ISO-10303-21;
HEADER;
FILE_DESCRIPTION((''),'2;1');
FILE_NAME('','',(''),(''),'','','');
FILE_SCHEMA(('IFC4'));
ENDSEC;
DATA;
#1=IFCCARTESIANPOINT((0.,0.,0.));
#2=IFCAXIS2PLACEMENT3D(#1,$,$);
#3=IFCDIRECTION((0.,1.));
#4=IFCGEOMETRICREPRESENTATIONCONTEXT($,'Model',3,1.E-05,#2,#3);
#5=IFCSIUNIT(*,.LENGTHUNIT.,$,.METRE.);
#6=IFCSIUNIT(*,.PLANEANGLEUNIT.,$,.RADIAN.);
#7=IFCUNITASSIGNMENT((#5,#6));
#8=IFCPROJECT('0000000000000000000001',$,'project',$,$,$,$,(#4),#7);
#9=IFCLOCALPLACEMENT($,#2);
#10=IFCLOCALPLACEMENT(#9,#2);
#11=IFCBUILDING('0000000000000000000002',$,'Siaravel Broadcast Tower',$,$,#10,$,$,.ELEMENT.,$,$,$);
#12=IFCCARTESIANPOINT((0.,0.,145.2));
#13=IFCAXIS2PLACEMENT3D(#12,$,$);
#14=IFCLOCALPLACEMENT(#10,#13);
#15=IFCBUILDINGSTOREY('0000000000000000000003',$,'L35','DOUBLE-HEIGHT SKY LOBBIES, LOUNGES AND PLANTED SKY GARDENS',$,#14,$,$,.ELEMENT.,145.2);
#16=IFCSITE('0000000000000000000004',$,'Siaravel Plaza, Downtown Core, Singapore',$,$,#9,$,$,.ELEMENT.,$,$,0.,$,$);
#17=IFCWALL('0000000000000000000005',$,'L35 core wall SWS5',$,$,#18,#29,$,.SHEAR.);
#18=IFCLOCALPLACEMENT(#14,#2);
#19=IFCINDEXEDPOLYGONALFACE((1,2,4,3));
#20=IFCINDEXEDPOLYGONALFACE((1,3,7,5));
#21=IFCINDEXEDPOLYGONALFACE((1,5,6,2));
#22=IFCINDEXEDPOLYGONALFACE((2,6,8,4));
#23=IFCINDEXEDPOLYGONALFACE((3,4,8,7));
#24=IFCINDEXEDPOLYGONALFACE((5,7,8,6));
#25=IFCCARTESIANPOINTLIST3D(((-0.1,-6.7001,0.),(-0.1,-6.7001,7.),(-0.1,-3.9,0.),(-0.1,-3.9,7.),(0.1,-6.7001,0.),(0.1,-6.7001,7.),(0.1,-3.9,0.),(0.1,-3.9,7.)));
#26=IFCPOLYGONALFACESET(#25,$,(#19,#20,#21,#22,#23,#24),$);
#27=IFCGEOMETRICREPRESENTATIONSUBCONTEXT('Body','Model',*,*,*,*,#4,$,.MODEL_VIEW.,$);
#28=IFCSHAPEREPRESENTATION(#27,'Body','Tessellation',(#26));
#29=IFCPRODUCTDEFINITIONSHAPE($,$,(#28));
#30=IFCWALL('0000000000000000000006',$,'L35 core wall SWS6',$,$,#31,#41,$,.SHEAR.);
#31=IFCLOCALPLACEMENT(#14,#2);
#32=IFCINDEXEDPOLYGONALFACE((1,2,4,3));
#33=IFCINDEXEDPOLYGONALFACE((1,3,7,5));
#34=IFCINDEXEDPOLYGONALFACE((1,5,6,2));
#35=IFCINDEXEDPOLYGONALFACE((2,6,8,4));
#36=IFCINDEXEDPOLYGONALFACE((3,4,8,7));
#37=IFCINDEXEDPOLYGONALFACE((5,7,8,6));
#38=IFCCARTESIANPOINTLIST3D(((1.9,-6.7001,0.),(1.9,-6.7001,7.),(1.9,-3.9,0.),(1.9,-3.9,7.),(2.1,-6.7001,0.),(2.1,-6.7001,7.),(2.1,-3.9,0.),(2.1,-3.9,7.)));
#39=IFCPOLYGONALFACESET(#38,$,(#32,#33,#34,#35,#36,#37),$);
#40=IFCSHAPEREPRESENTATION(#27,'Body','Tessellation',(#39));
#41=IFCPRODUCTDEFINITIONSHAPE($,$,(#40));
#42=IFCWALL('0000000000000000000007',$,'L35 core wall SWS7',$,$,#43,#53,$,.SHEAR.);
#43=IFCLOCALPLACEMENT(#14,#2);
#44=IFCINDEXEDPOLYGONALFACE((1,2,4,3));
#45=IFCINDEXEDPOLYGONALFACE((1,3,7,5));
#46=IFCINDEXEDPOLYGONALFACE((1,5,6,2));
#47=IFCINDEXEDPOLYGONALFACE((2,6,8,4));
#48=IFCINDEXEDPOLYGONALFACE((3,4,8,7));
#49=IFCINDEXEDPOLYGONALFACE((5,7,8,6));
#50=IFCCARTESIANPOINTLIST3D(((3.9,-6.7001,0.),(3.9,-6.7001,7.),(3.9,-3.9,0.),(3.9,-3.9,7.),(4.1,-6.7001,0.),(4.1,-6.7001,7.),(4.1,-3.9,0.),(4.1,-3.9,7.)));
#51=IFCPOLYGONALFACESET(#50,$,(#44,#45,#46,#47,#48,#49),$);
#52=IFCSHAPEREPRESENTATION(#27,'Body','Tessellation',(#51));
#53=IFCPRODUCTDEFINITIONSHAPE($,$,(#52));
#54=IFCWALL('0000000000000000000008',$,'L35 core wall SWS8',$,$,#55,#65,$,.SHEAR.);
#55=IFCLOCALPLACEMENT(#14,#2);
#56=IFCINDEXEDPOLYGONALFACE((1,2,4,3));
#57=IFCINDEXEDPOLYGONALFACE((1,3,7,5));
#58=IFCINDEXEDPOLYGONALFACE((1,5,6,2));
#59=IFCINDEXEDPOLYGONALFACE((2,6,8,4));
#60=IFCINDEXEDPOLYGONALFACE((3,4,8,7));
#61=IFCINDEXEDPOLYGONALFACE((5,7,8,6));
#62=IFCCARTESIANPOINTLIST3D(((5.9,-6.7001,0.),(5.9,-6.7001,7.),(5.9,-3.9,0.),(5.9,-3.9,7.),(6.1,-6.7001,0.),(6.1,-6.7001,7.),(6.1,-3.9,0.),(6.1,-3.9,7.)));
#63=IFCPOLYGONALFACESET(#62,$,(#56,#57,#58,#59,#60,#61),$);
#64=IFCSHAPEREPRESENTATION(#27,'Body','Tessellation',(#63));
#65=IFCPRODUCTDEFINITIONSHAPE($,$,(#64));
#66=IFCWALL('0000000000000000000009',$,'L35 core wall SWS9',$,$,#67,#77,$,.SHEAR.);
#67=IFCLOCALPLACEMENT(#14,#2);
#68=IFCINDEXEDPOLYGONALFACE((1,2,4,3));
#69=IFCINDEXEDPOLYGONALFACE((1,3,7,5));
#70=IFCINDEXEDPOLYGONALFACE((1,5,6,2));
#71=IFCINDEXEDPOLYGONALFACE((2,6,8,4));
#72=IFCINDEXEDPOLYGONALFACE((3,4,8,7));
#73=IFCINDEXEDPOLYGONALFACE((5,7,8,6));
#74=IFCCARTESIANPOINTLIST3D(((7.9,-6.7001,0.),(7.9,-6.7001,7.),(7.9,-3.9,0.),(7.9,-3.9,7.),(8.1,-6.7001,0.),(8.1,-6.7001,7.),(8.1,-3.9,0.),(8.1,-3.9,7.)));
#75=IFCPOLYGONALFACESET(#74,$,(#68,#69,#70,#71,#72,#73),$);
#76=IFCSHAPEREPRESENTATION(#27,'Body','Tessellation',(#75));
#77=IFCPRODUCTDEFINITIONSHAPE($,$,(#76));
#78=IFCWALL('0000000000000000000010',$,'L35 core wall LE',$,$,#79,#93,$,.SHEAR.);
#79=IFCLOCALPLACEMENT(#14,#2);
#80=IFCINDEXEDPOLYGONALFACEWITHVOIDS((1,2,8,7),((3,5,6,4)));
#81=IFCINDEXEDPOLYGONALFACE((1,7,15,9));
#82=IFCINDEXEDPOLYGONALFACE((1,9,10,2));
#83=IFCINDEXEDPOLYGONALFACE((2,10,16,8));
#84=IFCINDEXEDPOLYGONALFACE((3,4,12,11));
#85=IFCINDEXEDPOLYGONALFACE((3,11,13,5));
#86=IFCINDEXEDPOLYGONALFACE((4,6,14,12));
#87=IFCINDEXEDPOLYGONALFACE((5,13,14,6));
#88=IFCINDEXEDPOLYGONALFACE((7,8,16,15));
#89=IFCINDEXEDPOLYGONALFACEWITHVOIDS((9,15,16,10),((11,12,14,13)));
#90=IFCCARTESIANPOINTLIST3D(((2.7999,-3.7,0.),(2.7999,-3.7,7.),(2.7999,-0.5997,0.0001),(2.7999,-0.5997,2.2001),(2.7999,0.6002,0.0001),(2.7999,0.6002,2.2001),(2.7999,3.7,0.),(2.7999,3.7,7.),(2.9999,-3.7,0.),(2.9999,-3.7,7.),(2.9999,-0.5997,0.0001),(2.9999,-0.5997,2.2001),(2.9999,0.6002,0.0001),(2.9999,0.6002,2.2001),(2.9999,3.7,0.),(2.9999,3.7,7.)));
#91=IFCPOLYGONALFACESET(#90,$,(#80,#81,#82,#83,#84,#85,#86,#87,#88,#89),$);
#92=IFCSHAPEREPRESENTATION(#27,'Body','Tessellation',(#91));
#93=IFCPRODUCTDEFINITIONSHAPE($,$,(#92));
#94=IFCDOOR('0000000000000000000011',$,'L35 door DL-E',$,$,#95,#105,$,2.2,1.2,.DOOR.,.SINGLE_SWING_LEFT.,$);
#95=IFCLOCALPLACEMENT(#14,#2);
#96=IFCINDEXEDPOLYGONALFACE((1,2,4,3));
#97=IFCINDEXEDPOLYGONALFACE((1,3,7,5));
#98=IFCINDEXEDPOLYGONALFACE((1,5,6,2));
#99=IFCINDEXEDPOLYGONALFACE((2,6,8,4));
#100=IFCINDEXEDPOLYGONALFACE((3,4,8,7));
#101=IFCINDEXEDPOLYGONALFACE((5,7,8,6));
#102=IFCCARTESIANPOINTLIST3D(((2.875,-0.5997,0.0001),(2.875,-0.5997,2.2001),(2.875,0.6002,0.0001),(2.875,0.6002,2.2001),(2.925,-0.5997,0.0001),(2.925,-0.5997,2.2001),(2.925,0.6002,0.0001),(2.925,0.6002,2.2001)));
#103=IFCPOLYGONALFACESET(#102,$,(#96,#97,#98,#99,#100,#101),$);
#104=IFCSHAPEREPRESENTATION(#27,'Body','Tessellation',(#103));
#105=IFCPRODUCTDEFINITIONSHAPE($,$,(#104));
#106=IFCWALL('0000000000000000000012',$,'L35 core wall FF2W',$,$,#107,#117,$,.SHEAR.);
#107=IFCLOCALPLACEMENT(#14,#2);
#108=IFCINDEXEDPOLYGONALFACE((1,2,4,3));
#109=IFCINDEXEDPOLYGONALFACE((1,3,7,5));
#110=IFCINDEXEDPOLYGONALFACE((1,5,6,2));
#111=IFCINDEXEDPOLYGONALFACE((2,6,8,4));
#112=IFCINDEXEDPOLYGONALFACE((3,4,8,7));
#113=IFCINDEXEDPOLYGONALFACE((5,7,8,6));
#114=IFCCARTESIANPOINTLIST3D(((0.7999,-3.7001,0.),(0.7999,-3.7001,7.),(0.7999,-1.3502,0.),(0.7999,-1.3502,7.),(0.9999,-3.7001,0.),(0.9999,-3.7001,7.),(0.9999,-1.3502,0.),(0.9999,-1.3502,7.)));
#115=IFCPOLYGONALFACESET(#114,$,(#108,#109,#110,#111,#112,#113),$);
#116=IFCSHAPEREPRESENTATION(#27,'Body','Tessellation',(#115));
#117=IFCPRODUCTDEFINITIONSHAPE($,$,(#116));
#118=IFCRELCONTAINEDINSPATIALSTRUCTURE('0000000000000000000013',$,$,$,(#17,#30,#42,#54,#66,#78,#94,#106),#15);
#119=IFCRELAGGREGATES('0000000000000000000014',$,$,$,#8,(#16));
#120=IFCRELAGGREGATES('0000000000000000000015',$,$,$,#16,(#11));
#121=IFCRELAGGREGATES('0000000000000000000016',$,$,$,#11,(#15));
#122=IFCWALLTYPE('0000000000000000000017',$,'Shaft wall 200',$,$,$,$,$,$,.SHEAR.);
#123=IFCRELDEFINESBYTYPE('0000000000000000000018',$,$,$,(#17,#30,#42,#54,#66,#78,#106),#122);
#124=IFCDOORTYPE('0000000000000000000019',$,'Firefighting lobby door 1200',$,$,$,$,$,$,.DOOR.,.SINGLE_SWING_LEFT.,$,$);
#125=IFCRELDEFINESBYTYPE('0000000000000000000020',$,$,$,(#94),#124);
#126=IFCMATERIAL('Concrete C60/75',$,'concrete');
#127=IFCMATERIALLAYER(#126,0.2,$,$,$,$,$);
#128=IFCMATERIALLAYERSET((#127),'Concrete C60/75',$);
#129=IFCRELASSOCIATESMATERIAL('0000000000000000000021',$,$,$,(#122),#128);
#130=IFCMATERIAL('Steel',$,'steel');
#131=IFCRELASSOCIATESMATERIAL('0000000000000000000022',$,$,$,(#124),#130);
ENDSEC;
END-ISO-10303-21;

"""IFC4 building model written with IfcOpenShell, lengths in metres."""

from ifc_helpers import new_model, si_unit, direction, frame, frame_2d, origin, place, context, subcontext, project, spatial, rectangle, extrude, material, layer, layer_set, type_object, element, fill, save


model = new_model("IFC4")

# Units and contexts
model_context = context("Model", 3, precision=1e-05, world=origin(), true_north=direction((0.0, 1.0)))
body_context = subcontext(model_context, "Body", "Model", "MODEL_VIEW")
ifc_project = project(units=[si_unit("LENGTHUNIT", "METRE"), si_unit("PLANEANGLEUNIT", "RADIAN")], contexts=[model_context])

# Site, building, storey
site_placement = place(None, origin())
site = spatial("IfcSite", under=ifc_project, at=site_placement, Name="Siaravel Plaza, Downtown Core, Singapore", CompositionType="ELEMENT", RefElevation=0.0)
building_placement = place(site_placement, origin())
building = spatial("IfcBuilding", under=site, at=building_placement, Name="Siaravel Broadcast Tower", CompositionType="ELEMENT")
storey_placement = place(building_placement, frame((0.0, 0.0, 145.2)))
storey = spatial("IfcBuildingStorey", under=building, at=storey_placement, Name="L35", Description="DOUBLE-HEIGHT SKY LOBBIES, LOUNGES AND PLANTED SKY GARDENS", CompositionType="ELEMENT", Elevation=145.2)

# Shared definitions
ifc_material_1 = material(Name="Concrete C60/75", Category="concrete")

# Walls
ifc_layer_1 = layer(ifc_material_1, 0.2)
ifc_layer_set_1 = layer_set([ifc_layer_1], Name="Concrete C60/75")
wall_type_1 = type_object("IfcWallType", Name="Shaft wall 200", PredefinedType="SHEAR", material=ifc_layer_set_1)
for number, where, z_axis, x_axis, name in (
    (1, (0.0, -6.7, 0.0), (0.0, 0.0, 1.0), (0.0, 1.0, 0.0), "L35 core wall SWS5"),
    (2, (2.0, -6.7, 0.0), (0.0, 0.0, 1.0), (0.0, 1.0, 0.0), "L35 core wall SWS6"),
    (3, (4.0, -6.7, 0.0), (0.0, 0.0, 1.0), (0.0, 1.0, 0.0), "L35 core wall SWS7"),
    (4, (6.0, -6.7, 0.0), (0.0, 0.0, 1.0), (0.0, 1.0, 0.0), "L35 core wall SWS8"),
    (5, (8.0, -6.7, 0.0), (0.0, 0.0, 1.0), (0.0, 1.0, 0.0), "L35 core wall SWS9"),
):
    element("IfcWall", number, at=place(storey_placement, frame(where, z_axis=z_axis, x_axis=x_axis)), inside=storey, type_object=wall_type_1, Name=name, PredefinedType="SHEAR", context=body_context, shape_type="SweptSolid", body=[
        extrude(rectangle(XDim=2.8, YDim=0.2, at=frame_2d((1.3999, 0.0))), origin(), (0.0, 0.0, 1.0), 7.0),
    ])

# Wall, opening, door
wall_1_placement = place(storey_placement, frame((2.8999, -3.7, 0.0), z_axis=(0.0, 0.0, 1.0), x_axis=(0.0, 1.0, 0.0)))
wall_1 = element("IfcWall", 6, at=wall_1_placement, inside=storey, type_object=wall_type_1, Name="L35 core wall LE", PredefinedType="SHEAR", context=body_context, shape_type="SweptSolid", body=[
    extrude(rectangle(XDim=7.3999, YDim=0.2, at=frame_2d((3.7, 0.0))), origin(), (0.0, 0.0, 1.0), 7.0),
])
opening_1_placement = place(wall_1_placement, frame((3.1001, 0.0, 0.0)))
opening_1 = element("IfcOpeningElement", 7, at=opening_1_placement, cuts=wall_1, PredefinedType="OPENING", context=body_context, shape_type="SweptSolid", body=[
    extrude(rectangle(XDim=1.2, YDim=2.2, at=frame_2d((0.6001, 1.1001))), frame((0.0, 0.1099, 0.0), z_axis=(0.0, -1.0, 0.0), x_axis=(1.0, 0.0, 0.0)), (0.0, 0.0, 1.0), 0.22),
])
ifc_material_2 = material(Name="Steel", Category="steel")
door_type_1 = type_object("IfcDoorType", Name="Firefighting lobby door 1200", OperationType="SINGLE_SWING_LEFT", PredefinedType="DOOR", material=ifc_material_2)
door_1_placement = place(opening_1_placement, origin())
door_1 = element("IfcDoor", 8, at=door_1_placement, inside=storey, type_object=door_type_1, Name="L35 door DL-E", OperationType="SINGLE_SWING_LEFT", OverallHeight=2.2, OverallWidth=1.2, PredefinedType="DOOR", context=body_context, shape_type="SweptSolid", body=[
    extrude(rectangle(XDim=1.2, YDim=2.2, at=frame_2d((0.6001, 1.1001))), frame((0.0, 0.0249, 0.0), z_axis=(0.0, -1.0, 0.0), x_axis=(1.0, 0.0, 0.0)), (0.0, 0.0, 1.0), 0.05),
])
fill(opening_1, door_1)

# Wall
wall_2_placement = place(storey_placement, frame((0.8999, -3.7, 0.0), z_axis=(0.0, 0.0, 1.0), x_axis=(0.0, 1.0, 0.0)))
element("IfcWall", 9, at=wall_2_placement, inside=storey, type_object=wall_type_1, Name="L35 core wall FF2W", PredefinedType="SHEAR", context=body_context, shape_type="SweptSolid", body=[
    extrude(rectangle(XDim=2.3499, YDim=0.2, at=frame_2d((1.1748, 0.0))), origin(), (0.0, 0.0, 1.0), 7.0),
])

save(model, "model.ifc")
